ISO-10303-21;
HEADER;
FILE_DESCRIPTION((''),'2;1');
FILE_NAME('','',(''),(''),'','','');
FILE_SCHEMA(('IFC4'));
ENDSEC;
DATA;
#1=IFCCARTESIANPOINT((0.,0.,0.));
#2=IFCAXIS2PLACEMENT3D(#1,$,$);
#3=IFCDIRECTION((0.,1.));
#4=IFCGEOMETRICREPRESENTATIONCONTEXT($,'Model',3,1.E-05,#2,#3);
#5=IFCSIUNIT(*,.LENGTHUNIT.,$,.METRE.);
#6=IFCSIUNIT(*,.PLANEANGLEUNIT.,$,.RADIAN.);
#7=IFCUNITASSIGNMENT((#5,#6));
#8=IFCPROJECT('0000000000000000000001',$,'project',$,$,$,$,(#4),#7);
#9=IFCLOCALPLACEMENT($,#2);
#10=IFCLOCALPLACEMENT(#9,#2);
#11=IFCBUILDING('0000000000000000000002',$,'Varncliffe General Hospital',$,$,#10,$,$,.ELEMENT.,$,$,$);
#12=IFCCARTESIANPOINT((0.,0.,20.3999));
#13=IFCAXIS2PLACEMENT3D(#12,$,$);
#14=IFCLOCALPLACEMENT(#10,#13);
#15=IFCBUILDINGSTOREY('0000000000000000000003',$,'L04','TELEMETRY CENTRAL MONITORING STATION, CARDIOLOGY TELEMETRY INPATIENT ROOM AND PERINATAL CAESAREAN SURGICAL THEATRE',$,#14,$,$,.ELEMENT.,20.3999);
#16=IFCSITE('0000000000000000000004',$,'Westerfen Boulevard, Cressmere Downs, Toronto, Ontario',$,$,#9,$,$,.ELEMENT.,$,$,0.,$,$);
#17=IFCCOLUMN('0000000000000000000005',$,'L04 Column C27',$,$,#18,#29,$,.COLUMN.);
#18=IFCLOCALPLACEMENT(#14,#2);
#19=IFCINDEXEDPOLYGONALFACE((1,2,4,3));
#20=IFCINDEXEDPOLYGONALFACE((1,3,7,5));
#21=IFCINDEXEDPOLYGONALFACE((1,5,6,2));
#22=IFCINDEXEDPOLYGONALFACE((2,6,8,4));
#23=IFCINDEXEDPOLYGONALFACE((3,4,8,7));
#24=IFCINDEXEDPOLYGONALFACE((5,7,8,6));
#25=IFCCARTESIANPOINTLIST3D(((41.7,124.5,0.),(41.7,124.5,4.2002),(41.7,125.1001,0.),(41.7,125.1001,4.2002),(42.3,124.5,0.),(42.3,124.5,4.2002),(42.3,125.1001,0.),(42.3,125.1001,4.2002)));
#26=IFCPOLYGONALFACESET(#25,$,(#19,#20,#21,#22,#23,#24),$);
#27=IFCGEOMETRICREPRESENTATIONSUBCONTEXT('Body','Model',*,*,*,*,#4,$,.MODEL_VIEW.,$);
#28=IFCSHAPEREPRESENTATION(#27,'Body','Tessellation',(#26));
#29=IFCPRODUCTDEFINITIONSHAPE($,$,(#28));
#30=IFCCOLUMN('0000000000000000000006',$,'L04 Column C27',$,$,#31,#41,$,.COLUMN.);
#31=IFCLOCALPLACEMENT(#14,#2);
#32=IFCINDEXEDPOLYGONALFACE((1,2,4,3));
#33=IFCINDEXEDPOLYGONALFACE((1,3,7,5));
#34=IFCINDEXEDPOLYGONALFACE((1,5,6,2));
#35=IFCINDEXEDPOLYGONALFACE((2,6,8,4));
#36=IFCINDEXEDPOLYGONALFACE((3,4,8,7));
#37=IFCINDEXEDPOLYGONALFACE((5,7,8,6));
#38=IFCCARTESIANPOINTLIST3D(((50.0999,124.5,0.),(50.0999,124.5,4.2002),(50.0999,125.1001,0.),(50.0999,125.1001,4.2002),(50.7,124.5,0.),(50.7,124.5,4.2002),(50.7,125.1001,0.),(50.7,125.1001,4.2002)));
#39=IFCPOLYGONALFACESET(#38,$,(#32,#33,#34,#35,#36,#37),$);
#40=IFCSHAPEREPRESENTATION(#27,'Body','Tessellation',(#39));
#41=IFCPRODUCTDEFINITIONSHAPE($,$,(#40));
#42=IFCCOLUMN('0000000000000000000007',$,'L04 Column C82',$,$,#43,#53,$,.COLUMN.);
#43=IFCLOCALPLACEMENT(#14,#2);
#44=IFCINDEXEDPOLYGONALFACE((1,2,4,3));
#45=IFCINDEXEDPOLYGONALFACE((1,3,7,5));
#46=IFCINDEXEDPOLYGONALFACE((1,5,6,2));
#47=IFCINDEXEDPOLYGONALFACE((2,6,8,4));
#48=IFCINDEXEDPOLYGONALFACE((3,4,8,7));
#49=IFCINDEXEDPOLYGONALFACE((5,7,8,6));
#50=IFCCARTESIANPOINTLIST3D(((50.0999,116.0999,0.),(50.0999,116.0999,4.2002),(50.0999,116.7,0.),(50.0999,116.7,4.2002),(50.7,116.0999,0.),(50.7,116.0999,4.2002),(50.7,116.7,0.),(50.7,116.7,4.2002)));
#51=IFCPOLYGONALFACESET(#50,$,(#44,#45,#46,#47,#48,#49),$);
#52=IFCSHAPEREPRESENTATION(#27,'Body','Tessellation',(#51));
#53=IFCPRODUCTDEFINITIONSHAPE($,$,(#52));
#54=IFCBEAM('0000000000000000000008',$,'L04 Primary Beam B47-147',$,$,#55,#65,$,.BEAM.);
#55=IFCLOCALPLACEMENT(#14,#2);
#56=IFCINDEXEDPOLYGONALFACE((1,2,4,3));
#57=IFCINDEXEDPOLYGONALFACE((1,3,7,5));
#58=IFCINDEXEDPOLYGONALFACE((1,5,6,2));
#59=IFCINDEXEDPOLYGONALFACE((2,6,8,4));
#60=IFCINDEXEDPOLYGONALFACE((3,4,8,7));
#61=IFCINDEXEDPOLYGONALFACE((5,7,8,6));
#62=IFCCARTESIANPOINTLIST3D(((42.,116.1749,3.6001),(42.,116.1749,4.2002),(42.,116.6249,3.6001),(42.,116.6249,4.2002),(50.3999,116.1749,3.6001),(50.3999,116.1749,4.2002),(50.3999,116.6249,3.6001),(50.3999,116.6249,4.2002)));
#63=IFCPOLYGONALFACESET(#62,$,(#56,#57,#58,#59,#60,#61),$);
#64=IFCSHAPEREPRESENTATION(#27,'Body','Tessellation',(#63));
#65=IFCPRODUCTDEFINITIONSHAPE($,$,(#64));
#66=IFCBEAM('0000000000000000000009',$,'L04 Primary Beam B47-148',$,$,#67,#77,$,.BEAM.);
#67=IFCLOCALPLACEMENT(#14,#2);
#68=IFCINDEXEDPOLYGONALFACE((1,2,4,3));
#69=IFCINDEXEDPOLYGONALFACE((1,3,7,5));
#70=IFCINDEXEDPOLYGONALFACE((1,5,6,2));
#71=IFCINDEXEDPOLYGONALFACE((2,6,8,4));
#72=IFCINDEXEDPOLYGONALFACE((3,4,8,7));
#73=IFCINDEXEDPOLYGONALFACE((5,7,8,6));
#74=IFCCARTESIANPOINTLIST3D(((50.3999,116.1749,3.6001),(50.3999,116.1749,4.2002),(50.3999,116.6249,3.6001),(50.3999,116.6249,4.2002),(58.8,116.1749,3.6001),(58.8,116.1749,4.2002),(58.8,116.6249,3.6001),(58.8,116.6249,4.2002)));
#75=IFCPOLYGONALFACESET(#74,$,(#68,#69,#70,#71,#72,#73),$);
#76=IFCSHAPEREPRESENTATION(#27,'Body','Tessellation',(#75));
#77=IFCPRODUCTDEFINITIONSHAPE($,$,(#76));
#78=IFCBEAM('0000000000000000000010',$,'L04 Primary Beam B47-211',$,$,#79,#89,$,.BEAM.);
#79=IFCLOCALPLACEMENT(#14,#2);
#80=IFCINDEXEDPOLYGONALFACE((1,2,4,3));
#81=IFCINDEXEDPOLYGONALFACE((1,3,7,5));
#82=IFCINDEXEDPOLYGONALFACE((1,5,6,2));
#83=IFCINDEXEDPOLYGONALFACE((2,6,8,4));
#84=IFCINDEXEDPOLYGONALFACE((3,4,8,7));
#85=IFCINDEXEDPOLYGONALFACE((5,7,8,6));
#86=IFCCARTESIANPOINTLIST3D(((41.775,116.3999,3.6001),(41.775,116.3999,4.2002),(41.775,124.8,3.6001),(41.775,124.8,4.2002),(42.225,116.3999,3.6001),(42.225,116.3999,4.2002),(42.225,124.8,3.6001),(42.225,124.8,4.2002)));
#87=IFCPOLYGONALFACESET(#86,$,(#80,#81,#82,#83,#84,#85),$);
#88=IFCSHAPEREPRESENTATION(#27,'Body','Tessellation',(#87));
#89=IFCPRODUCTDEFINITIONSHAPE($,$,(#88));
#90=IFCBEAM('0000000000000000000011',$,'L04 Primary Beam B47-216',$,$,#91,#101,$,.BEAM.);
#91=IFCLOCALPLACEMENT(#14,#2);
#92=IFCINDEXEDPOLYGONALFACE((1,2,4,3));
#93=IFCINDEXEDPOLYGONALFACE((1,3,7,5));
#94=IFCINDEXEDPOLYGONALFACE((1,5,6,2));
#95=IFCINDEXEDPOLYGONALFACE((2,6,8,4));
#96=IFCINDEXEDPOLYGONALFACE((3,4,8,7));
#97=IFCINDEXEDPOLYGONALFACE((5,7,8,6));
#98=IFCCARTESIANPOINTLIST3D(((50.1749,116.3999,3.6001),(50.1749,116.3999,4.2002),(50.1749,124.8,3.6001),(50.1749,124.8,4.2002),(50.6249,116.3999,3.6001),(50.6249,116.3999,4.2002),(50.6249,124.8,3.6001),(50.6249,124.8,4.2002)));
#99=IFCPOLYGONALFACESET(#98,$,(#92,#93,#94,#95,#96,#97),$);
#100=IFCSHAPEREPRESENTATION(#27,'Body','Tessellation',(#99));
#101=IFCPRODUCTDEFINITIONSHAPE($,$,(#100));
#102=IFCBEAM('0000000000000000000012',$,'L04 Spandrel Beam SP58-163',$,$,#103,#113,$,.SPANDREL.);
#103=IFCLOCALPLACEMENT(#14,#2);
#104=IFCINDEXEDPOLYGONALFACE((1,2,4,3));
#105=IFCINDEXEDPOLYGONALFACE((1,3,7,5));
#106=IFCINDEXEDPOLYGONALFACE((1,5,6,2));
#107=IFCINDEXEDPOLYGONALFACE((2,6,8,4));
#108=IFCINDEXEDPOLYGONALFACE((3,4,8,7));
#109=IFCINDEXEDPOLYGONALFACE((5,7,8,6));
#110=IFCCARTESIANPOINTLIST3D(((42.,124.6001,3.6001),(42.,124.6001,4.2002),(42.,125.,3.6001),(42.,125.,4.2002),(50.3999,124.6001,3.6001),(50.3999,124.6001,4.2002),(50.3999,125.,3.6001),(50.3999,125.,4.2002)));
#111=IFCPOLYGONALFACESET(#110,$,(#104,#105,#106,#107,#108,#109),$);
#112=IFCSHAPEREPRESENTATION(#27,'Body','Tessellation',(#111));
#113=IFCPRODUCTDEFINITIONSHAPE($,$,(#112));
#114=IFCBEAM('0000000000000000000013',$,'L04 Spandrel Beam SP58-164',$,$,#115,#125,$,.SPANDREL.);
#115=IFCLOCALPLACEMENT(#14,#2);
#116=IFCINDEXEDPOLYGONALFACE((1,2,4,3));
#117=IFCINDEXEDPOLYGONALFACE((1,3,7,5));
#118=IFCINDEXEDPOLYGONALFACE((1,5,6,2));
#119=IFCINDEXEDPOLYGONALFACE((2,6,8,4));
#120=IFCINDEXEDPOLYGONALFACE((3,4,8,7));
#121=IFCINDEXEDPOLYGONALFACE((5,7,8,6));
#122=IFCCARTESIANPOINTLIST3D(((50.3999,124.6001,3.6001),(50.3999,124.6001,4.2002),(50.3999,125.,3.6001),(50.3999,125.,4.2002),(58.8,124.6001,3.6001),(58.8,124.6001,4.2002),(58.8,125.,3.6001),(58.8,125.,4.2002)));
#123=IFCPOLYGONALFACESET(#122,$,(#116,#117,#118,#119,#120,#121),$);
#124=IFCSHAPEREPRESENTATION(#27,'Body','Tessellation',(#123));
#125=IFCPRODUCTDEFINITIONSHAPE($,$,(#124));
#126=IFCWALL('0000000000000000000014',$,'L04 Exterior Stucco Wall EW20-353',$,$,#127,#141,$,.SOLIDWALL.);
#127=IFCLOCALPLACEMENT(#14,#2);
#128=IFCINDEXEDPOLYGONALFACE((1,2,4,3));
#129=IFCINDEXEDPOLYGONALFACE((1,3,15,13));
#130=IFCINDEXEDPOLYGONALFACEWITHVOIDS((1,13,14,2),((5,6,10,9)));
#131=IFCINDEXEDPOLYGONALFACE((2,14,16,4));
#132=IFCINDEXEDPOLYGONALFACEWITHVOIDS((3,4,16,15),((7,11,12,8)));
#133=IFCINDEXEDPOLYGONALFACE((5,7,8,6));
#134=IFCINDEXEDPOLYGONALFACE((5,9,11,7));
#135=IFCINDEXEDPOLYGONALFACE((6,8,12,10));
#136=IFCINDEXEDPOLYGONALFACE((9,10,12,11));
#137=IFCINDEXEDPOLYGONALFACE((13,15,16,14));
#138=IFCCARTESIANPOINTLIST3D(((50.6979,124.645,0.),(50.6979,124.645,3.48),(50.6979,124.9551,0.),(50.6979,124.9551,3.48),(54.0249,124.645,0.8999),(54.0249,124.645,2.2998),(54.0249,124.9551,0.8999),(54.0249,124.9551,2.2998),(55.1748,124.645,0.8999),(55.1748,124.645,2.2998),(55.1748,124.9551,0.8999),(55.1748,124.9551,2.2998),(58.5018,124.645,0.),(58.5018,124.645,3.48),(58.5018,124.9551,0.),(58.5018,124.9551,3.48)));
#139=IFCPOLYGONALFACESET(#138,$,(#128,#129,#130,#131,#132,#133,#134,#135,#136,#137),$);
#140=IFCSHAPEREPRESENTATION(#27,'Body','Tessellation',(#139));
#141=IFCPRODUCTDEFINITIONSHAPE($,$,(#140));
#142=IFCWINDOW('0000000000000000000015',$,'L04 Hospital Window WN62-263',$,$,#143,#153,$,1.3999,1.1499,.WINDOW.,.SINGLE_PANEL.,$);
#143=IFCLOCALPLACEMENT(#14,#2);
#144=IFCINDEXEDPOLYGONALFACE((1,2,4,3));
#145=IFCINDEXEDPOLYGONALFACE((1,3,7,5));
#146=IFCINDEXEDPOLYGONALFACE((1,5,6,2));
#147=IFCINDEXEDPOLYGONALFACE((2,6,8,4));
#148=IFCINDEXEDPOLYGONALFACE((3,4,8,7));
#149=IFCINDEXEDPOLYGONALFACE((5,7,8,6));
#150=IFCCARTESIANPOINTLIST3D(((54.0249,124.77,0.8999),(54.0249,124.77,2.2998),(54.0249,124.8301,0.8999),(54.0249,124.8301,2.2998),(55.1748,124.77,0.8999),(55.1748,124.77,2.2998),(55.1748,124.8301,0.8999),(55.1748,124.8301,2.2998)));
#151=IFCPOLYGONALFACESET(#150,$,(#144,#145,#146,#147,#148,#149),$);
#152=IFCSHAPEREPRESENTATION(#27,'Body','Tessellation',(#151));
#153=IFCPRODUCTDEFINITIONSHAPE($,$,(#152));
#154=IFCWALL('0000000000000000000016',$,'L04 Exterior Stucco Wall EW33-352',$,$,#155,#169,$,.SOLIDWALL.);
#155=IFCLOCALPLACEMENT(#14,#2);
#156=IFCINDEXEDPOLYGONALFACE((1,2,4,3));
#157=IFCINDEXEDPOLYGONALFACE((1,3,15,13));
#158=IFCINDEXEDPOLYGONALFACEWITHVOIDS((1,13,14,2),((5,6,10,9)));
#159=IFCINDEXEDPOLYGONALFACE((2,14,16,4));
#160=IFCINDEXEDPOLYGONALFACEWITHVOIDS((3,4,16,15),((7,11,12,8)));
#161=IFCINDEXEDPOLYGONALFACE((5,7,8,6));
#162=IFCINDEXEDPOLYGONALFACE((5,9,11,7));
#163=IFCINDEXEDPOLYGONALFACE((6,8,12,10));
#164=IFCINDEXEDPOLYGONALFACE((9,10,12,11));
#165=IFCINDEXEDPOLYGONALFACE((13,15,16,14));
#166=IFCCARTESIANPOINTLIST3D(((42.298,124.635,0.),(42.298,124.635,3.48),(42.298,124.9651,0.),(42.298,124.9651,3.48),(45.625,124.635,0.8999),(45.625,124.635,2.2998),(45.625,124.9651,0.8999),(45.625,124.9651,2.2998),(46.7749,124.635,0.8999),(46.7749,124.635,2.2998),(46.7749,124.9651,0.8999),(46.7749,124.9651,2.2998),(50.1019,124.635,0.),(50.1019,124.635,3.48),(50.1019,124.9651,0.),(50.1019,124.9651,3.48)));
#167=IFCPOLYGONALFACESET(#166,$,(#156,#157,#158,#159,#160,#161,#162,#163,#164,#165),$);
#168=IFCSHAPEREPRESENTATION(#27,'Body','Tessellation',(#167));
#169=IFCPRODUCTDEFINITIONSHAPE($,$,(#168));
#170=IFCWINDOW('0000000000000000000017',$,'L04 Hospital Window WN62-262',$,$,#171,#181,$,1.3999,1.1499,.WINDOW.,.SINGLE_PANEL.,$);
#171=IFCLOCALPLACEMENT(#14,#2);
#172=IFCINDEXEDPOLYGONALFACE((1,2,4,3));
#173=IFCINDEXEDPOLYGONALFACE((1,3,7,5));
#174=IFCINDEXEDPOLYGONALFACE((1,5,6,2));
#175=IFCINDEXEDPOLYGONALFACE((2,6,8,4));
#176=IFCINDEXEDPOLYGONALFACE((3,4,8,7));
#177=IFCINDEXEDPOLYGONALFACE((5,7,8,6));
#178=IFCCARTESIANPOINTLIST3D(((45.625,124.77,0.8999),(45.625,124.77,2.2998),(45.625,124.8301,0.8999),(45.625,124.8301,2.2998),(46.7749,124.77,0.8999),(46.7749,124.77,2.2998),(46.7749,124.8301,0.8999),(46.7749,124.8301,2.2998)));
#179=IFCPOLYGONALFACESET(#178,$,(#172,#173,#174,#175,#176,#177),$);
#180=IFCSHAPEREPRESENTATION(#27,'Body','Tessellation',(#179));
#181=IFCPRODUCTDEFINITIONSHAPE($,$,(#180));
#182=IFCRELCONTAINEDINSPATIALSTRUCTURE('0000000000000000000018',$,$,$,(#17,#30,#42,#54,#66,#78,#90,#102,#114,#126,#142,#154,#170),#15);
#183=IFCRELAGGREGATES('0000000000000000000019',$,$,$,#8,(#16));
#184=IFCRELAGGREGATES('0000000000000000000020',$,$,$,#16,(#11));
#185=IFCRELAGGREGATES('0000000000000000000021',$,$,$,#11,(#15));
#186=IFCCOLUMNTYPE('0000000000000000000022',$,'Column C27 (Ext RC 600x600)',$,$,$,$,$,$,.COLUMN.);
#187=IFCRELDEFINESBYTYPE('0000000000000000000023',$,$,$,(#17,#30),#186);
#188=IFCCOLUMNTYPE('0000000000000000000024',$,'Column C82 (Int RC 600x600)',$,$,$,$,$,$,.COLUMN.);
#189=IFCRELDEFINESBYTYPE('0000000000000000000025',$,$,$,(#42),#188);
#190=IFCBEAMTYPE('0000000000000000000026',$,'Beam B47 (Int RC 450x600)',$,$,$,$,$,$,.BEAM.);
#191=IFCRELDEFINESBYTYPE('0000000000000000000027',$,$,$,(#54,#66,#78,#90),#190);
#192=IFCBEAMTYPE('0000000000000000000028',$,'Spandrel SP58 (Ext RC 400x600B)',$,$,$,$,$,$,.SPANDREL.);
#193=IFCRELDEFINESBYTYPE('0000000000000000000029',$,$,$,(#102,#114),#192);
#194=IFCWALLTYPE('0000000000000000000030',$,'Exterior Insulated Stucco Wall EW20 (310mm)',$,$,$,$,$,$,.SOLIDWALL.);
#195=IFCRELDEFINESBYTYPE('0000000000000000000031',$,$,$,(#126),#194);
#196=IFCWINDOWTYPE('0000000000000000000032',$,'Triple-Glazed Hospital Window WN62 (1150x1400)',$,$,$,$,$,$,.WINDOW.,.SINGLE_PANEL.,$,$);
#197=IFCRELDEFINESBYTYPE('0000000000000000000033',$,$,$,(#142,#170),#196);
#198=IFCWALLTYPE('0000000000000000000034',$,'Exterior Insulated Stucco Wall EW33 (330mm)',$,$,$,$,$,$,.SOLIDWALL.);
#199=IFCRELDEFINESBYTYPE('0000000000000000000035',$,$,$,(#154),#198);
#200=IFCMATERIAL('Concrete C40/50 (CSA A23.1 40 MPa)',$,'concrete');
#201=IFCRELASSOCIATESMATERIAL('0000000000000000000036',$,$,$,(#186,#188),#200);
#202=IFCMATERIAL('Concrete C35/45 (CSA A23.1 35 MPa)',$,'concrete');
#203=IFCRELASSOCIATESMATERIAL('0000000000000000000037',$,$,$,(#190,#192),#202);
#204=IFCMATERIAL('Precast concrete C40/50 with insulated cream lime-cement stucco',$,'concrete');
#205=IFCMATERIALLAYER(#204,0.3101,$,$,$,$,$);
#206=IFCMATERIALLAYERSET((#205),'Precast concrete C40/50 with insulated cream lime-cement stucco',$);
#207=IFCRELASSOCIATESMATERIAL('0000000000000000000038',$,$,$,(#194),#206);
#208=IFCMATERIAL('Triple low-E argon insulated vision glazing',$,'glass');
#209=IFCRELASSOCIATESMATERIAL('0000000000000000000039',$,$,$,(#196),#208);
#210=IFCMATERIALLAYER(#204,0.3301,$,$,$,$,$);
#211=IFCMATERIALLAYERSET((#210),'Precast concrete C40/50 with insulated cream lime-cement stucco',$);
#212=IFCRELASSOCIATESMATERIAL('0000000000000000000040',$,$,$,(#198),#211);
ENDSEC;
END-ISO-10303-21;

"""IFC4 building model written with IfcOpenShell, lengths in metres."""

from ifc_helpers import new_model, si_unit, direction, frame, frame_2d, origin, origin_2d, place, context, subcontext, project, spatial, rectangle, extrude, material, layer, layer_set, material_profile, profile_set, type_object, element, fill, save


model = new_model("IFC4")

# Units and contexts
model_context = context("Model", 3, precision=1e-05, world=origin(), true_north=direction((0.0, 1.0)))
body_context = subcontext(model_context, "Body", "Model", "MODEL_VIEW")
ifc_project = project(units=[si_unit("LENGTHUNIT", "METRE"), si_unit("PLANEANGLEUNIT", "RADIAN")], contexts=[model_context])

# Site, building, storey
site_placement = place(None, origin())
site = spatial("IfcSite", under=ifc_project, at=site_placement, Name="Westerfen Boulevard, Cressmere Downs, Toronto, Ontario", CompositionType="ELEMENT", RefElevation=0.0)
building_placement = place(site_placement, origin())
building = spatial("IfcBuilding", under=site, at=building_placement, Name="Varncliffe General Hospital", CompositionType="ELEMENT")
storey_placement = place(building_placement, frame((0.0, 0.0, 20.3999)))
storey = spatial("IfcBuildingStorey", under=building, at=storey_placement, Name="L04", Description="TELEMETRY CENTRAL MONITORING STATION, CARDIOLOGY TELEMETRY INPATIENT ROOM AND PERINATAL CAESAREAN SURGICAL THEATRE", CompositionType="ELEMENT", Elevation=20.3999)

# Columns
ifc_material_1 = material(Name="Concrete C40/50 (CSA A23.1 40 MPa)", Category="concrete")
ifc_material_profile_1 = material_profile(ifc_material_1, rectangle(XDim=0.6001, YDim=0.6001, at=origin_2d()), Name="RC 600x600")
ifc_profile_set_1 = profile_set([ifc_material_profile_1], Name="Concrete C40/50 (CSA A23.1 40 MPa)")
column_type_1 = type_object("IfcColumnType", Name="Column C27 (Ext RC 600x600)", PredefinedType="COLUMN", material=ifc_profile_set_1)
for number, where, z_axis, x_axis, name in (
    (1, (42.0, 124.8, 0.0), (0.0, 0.0, 1.0), (1.0, 0.0, 0.0), "L04 Column C27"),
    (2, (50.3999, 124.8, 0.0), (0.0, 0.0, 1.0), (1.0, 0.0, 0.0), "L04 Column C27"),
):
    element("IfcColumn", number, at=place(storey_placement, frame(where, z_axis=z_axis, x_axis=x_axis)), inside=storey, type_object=column_type_1, Name=name, PredefinedType="COLUMN", context=body_context, shape_type="SweptSolid", body=[
        extrude(rectangle(XDim=0.6001, YDim=0.6001, at=origin_2d()), origin(), (0.0, 0.0, 1.0), 4.2002),
    ])
ifc_material_profile_2 = material_profile(ifc_material_1, rectangle(XDim=0.6001, YDim=0.6001, at=origin_2d()), Name="RC 600x600")
ifc_profile_set_2 = profile_set([ifc_material_profile_2], Name="Concrete C40/50 (CSA A23.1 40 MPa)")
column_type_2 = type_object("IfcColumnType", Name="Column C82 (Int RC 600x600)", PredefinedType="COLUMN", material=ifc_profile_set_2)
column_placement = place(storey_placement, frame((50.3999, 116.3999, 0.0), z_axis=(0.0, 0.0, 1.0), x_axis=(1.0, 0.0, 0.0)))
element("IfcColumn", 3, at=column_placement, inside=storey, type_object=column_type_2, Name="L04 Column C82", PredefinedType="COLUMN", context=body_context, shape_type="SweptSolid", body=[
    extrude(rectangle(XDim=0.6001, YDim=0.6001, at=origin_2d()), origin(), (0.0, 0.0, 1.0), 4.2002),
])

# Beams
ifc_material_2 = material(Name="Concrete C35/45 (CSA A23.1 35 MPa)", Category="concrete")
ifc_material_profile_3 = material_profile(ifc_material_2, rectangle(XDim=0.45, YDim=0.6001, at=origin_2d()), Name="RC 450x600")
ifc_profile_set_3 = profile_set([ifc_material_profile_3], Name="Concrete C35/45 (CSA A23.1 35 MPa)")
beam_type_1 = type_object("IfcBeamType", Name="Beam B47 (Int RC 450x600)", PredefinedType="BEAM", material=ifc_profile_set_3)
beam_1_placement = place(storey_placement, frame((42.0, 116.3999, 3.9001), z_axis=(1.0, 0.0, 0.0), x_axis=(0.0, 1.0, 0.0)))
element("IfcBeam", 4, at=beam_1_placement, inside=storey, type_object=beam_type_1, Name="L04 Primary Beam B47-147", PredefinedType="BEAM", context=body_context, shape_type="SweptSolid", body=[
    extrude(rectangle(XDim=0.45, YDim=0.6001, at=origin_2d()), origin(), (0.0, 0.0, 1.0), 8.3999),
])
for number, where, z_axis, x_axis, name in (
    (5, (50.3999, 116.3999, 3.9001), (1.0, 0.0, 0.0), (0.0, 1.0, 0.0), "L04 Primary Beam B47-148"),
    (6, (42.0, 116.3999, 3.9001), (0.0, 1.0, 0.0), (-1.0, 0.0, 0.0), "L04 Primary Beam B47-211"),
    (7, (50.3999, 116.3999, 3.9001), (0.0, 1.0, 0.0), (-1.0, 0.0, 0.0), "L04 Primary Beam B47-216"),
):
    element("IfcBeam", number, at=place(storey_placement, frame(where, z_axis=z_axis, x_axis=x_axis)), inside=storey, type_object=beam_type_1, Name=name, PredefinedType="BEAM", context=body_context, shape_type="SweptSolid", body=[
        extrude(rectangle(XDim=0.45, YDim=0.6001, at=origin_2d()), origin(), (0.0, 0.0, 1.0), 8.4001),
    ])
ifc_material_profile_4 = material_profile(ifc_material_2, rectangle(XDim=0.3999, YDim=0.6001, at=origin_2d()), Name="RC 400x600")
ifc_profile_set_4 = profile_set([ifc_material_profile_4], Name="Concrete C35/45 (CSA A23.1 35 MPa)")
beam_type_2 = type_object("IfcBeamType", Name="Spandrel SP58 (Ext RC 400x600B)", PredefinedType="SPANDREL", material=ifc_profile_set_4)
beam_2_placement = place(storey_placement, frame((42.0, 124.8, 3.9001), z_axis=(1.0, 0.0, 0.0), x_axis=(0.0, 1.0, 0.0)))
element("IfcBeam", 8, at=beam_2_placement, inside=storey, type_object=beam_type_2, Name="L04 Spandrel Beam SP58-163", PredefinedType="SPANDREL", context=body_context, shape_type="SweptSolid", body=[
    extrude(rectangle(XDim=0.3999, YDim=0.6001, at=origin_2d()), origin(), (0.0, 0.0, 1.0), 8.3999),
])
beam_3_placement = place(storey_placement, frame((50.3999, 124.8, 3.9001), z_axis=(1.0, 0.0, 0.0), x_axis=(0.0, 1.0, 0.0)))
element("IfcBeam", 9, at=beam_3_placement, inside=storey, type_object=beam_type_2, Name="L04 Spandrel Beam SP58-164", PredefinedType="SPANDREL", context=body_context, shape_type="SweptSolid", body=[
    extrude(rectangle(XDim=0.3999, YDim=0.6001, at=origin_2d()), origin(), (0.0, 0.0, 1.0), 8.4001),
])

# Walls, openings, windows
ifc_material_3 = material(Name="Precast concrete C40/50 with insulated cream lime-cement stucco", Category="concrete")
ifc_layer_1 = layer(ifc_material_3, 0.3101)
ifc_layer_set_1 = layer_set([ifc_layer_1], Name="Precast concrete C40/50 with insulated cream lime-cement stucco")
wall_type_1 = type_object("IfcWallType", Name="Exterior Insulated Stucco Wall EW20 (310mm)", PredefinedType="SOLIDWALL", material=ifc_layer_set_1)
wall_1_placement = place(storey_placement, frame((50.698, 124.8, 0.0), z_axis=(0.0, 0.0, 1.0), x_axis=(1.0, 0.0, 0.0)))
wall_1 = element("IfcWall", 10, at=wall_1_placement, inside=storey, type_object=wall_type_1, Name="L04 Exterior Stucco Wall EW20-353", PredefinedType="SOLIDWALL", context=body_context, shape_type="SweptSolid", body=[
    extrude(rectangle(XDim=7.804, YDim=0.3101, at=frame_2d((3.9019, 0.0))), origin(), (0.0, 0.0, 1.0), 3.48),
])
opening_1_placement = place(wall_1_placement, frame((3.3269, 0.0, 0.8999)))
opening_1 = element("IfcOpeningElement", 11, at=opening_1_placement, cuts=wall_1, PredefinedType="OPENING", context=body_context, shape_type="SweptSolid", body=[
    extrude(rectangle(XDim=1.1499, YDim=1.3999, at=frame_2d((0.575, 0.7))), frame((0.0, 0.165, 0.0), z_axis=(0.0, -1.0, 0.0), x_axis=(1.0, 0.0, 0.0)), (0.0, 0.0, 1.0), 0.3301),
])
ifc_material_4 = material(Name="Triple low-E argon insulated vision glazing", Category="glass")
window_type = type_object("IfcWindowType", Name="Triple-Glazed Hospital Window WN62 (1150x1400)", PartitioningType="SINGLE_PANEL", PredefinedType="WINDOW", material=ifc_material_4)
window_1_placement = place(opening_1_placement, origin())
window_1 = element("IfcWindow", 12, at=window_1_placement, inside=storey, type_object=window_type, Name="L04 Hospital Window WN62-263", OverallHeight=1.3999, OverallWidth=1.1499, PartitioningType="SINGLE_PANEL", PredefinedType="WINDOW", context=body_context, shape_type="SweptSolid", body=[
    extrude(rectangle(XDim=1.1499, YDim=1.3999, at=frame_2d((0.575, 0.7))), frame((0.0, 0.03, 0.0), z_axis=(0.0, -1.0, 0.0), x_axis=(1.0, 0.0, 0.0)), (0.0, 0.0, 1.0), 0.0601),
])
fill(opening_1, window_1)
ifc_layer_2 = layer(ifc_material_3, 0.3301)
ifc_layer_set_2 = layer_set([ifc_layer_2], Name="Precast concrete C40/50 with insulated cream lime-cement stucco")
wall_type_2 = type_object("IfcWallType", Name="Exterior Insulated Stucco Wall EW33 (330mm)", PredefinedType="SOLIDWALL", material=ifc_layer_set_2)
wall_2_placement = place(storey_placement, frame((42.2981, 124.8, 0.0), z_axis=(0.0, 0.0, 1.0), x_axis=(1.0, 0.0, 0.0)))
wall_2 = element("IfcWall", 13, at=wall_2_placement, inside=storey, type_object=wall_type_2, Name="L04 Exterior Stucco Wall EW33-352", PredefinedType="SOLIDWALL", context=body_context, shape_type="SweptSolid", body=[
    extrude(rectangle(XDim=7.804, YDim=0.3301, at=frame_2d((3.9019, 0.0))), origin(), (0.0, 0.0, 1.0), 3.48),
])
opening_2_placement = place(wall_2_placement, frame((3.3269, 0.0, 0.8999)))
opening_2 = element("IfcOpeningElement", 14, at=opening_2_placement, cuts=wall_2, PredefinedType="OPENING", context=body_context, shape_type="SweptSolid", body=[
    extrude(rectangle(XDim=1.1499, YDim=1.3999, at=frame_2d((0.575, 0.7))), frame((0.0, 0.175, 0.0), z_axis=(0.0, -1.0, 0.0), x_axis=(1.0, 0.0, 0.0)), (0.0, 0.0, 1.0), 0.3501),
])
window_2_placement = place(opening_2_placement, origin())
window_2 = element("IfcWindow", 15, at=window_2_placement, inside=storey, type_object=window_type, Name="L04 Hospital Window WN62-262", OverallHeight=1.3999, OverallWidth=1.1499, PartitioningType="SINGLE_PANEL", PredefinedType="WINDOW", context=body_context, shape_type="SweptSolid", body=[
    extrude(rectangle(XDim=1.1499, YDim=1.3999, at=frame_2d((0.575, 0.7))), frame((0.0, 0.03, 0.0), z_axis=(0.0, -1.0, 0.0), x_axis=(1.0, 0.0, 0.0)), (0.0, 0.0, 1.0), 0.0601),
])
fill(opening_2, window_2)

save(model, "model.ifc")
